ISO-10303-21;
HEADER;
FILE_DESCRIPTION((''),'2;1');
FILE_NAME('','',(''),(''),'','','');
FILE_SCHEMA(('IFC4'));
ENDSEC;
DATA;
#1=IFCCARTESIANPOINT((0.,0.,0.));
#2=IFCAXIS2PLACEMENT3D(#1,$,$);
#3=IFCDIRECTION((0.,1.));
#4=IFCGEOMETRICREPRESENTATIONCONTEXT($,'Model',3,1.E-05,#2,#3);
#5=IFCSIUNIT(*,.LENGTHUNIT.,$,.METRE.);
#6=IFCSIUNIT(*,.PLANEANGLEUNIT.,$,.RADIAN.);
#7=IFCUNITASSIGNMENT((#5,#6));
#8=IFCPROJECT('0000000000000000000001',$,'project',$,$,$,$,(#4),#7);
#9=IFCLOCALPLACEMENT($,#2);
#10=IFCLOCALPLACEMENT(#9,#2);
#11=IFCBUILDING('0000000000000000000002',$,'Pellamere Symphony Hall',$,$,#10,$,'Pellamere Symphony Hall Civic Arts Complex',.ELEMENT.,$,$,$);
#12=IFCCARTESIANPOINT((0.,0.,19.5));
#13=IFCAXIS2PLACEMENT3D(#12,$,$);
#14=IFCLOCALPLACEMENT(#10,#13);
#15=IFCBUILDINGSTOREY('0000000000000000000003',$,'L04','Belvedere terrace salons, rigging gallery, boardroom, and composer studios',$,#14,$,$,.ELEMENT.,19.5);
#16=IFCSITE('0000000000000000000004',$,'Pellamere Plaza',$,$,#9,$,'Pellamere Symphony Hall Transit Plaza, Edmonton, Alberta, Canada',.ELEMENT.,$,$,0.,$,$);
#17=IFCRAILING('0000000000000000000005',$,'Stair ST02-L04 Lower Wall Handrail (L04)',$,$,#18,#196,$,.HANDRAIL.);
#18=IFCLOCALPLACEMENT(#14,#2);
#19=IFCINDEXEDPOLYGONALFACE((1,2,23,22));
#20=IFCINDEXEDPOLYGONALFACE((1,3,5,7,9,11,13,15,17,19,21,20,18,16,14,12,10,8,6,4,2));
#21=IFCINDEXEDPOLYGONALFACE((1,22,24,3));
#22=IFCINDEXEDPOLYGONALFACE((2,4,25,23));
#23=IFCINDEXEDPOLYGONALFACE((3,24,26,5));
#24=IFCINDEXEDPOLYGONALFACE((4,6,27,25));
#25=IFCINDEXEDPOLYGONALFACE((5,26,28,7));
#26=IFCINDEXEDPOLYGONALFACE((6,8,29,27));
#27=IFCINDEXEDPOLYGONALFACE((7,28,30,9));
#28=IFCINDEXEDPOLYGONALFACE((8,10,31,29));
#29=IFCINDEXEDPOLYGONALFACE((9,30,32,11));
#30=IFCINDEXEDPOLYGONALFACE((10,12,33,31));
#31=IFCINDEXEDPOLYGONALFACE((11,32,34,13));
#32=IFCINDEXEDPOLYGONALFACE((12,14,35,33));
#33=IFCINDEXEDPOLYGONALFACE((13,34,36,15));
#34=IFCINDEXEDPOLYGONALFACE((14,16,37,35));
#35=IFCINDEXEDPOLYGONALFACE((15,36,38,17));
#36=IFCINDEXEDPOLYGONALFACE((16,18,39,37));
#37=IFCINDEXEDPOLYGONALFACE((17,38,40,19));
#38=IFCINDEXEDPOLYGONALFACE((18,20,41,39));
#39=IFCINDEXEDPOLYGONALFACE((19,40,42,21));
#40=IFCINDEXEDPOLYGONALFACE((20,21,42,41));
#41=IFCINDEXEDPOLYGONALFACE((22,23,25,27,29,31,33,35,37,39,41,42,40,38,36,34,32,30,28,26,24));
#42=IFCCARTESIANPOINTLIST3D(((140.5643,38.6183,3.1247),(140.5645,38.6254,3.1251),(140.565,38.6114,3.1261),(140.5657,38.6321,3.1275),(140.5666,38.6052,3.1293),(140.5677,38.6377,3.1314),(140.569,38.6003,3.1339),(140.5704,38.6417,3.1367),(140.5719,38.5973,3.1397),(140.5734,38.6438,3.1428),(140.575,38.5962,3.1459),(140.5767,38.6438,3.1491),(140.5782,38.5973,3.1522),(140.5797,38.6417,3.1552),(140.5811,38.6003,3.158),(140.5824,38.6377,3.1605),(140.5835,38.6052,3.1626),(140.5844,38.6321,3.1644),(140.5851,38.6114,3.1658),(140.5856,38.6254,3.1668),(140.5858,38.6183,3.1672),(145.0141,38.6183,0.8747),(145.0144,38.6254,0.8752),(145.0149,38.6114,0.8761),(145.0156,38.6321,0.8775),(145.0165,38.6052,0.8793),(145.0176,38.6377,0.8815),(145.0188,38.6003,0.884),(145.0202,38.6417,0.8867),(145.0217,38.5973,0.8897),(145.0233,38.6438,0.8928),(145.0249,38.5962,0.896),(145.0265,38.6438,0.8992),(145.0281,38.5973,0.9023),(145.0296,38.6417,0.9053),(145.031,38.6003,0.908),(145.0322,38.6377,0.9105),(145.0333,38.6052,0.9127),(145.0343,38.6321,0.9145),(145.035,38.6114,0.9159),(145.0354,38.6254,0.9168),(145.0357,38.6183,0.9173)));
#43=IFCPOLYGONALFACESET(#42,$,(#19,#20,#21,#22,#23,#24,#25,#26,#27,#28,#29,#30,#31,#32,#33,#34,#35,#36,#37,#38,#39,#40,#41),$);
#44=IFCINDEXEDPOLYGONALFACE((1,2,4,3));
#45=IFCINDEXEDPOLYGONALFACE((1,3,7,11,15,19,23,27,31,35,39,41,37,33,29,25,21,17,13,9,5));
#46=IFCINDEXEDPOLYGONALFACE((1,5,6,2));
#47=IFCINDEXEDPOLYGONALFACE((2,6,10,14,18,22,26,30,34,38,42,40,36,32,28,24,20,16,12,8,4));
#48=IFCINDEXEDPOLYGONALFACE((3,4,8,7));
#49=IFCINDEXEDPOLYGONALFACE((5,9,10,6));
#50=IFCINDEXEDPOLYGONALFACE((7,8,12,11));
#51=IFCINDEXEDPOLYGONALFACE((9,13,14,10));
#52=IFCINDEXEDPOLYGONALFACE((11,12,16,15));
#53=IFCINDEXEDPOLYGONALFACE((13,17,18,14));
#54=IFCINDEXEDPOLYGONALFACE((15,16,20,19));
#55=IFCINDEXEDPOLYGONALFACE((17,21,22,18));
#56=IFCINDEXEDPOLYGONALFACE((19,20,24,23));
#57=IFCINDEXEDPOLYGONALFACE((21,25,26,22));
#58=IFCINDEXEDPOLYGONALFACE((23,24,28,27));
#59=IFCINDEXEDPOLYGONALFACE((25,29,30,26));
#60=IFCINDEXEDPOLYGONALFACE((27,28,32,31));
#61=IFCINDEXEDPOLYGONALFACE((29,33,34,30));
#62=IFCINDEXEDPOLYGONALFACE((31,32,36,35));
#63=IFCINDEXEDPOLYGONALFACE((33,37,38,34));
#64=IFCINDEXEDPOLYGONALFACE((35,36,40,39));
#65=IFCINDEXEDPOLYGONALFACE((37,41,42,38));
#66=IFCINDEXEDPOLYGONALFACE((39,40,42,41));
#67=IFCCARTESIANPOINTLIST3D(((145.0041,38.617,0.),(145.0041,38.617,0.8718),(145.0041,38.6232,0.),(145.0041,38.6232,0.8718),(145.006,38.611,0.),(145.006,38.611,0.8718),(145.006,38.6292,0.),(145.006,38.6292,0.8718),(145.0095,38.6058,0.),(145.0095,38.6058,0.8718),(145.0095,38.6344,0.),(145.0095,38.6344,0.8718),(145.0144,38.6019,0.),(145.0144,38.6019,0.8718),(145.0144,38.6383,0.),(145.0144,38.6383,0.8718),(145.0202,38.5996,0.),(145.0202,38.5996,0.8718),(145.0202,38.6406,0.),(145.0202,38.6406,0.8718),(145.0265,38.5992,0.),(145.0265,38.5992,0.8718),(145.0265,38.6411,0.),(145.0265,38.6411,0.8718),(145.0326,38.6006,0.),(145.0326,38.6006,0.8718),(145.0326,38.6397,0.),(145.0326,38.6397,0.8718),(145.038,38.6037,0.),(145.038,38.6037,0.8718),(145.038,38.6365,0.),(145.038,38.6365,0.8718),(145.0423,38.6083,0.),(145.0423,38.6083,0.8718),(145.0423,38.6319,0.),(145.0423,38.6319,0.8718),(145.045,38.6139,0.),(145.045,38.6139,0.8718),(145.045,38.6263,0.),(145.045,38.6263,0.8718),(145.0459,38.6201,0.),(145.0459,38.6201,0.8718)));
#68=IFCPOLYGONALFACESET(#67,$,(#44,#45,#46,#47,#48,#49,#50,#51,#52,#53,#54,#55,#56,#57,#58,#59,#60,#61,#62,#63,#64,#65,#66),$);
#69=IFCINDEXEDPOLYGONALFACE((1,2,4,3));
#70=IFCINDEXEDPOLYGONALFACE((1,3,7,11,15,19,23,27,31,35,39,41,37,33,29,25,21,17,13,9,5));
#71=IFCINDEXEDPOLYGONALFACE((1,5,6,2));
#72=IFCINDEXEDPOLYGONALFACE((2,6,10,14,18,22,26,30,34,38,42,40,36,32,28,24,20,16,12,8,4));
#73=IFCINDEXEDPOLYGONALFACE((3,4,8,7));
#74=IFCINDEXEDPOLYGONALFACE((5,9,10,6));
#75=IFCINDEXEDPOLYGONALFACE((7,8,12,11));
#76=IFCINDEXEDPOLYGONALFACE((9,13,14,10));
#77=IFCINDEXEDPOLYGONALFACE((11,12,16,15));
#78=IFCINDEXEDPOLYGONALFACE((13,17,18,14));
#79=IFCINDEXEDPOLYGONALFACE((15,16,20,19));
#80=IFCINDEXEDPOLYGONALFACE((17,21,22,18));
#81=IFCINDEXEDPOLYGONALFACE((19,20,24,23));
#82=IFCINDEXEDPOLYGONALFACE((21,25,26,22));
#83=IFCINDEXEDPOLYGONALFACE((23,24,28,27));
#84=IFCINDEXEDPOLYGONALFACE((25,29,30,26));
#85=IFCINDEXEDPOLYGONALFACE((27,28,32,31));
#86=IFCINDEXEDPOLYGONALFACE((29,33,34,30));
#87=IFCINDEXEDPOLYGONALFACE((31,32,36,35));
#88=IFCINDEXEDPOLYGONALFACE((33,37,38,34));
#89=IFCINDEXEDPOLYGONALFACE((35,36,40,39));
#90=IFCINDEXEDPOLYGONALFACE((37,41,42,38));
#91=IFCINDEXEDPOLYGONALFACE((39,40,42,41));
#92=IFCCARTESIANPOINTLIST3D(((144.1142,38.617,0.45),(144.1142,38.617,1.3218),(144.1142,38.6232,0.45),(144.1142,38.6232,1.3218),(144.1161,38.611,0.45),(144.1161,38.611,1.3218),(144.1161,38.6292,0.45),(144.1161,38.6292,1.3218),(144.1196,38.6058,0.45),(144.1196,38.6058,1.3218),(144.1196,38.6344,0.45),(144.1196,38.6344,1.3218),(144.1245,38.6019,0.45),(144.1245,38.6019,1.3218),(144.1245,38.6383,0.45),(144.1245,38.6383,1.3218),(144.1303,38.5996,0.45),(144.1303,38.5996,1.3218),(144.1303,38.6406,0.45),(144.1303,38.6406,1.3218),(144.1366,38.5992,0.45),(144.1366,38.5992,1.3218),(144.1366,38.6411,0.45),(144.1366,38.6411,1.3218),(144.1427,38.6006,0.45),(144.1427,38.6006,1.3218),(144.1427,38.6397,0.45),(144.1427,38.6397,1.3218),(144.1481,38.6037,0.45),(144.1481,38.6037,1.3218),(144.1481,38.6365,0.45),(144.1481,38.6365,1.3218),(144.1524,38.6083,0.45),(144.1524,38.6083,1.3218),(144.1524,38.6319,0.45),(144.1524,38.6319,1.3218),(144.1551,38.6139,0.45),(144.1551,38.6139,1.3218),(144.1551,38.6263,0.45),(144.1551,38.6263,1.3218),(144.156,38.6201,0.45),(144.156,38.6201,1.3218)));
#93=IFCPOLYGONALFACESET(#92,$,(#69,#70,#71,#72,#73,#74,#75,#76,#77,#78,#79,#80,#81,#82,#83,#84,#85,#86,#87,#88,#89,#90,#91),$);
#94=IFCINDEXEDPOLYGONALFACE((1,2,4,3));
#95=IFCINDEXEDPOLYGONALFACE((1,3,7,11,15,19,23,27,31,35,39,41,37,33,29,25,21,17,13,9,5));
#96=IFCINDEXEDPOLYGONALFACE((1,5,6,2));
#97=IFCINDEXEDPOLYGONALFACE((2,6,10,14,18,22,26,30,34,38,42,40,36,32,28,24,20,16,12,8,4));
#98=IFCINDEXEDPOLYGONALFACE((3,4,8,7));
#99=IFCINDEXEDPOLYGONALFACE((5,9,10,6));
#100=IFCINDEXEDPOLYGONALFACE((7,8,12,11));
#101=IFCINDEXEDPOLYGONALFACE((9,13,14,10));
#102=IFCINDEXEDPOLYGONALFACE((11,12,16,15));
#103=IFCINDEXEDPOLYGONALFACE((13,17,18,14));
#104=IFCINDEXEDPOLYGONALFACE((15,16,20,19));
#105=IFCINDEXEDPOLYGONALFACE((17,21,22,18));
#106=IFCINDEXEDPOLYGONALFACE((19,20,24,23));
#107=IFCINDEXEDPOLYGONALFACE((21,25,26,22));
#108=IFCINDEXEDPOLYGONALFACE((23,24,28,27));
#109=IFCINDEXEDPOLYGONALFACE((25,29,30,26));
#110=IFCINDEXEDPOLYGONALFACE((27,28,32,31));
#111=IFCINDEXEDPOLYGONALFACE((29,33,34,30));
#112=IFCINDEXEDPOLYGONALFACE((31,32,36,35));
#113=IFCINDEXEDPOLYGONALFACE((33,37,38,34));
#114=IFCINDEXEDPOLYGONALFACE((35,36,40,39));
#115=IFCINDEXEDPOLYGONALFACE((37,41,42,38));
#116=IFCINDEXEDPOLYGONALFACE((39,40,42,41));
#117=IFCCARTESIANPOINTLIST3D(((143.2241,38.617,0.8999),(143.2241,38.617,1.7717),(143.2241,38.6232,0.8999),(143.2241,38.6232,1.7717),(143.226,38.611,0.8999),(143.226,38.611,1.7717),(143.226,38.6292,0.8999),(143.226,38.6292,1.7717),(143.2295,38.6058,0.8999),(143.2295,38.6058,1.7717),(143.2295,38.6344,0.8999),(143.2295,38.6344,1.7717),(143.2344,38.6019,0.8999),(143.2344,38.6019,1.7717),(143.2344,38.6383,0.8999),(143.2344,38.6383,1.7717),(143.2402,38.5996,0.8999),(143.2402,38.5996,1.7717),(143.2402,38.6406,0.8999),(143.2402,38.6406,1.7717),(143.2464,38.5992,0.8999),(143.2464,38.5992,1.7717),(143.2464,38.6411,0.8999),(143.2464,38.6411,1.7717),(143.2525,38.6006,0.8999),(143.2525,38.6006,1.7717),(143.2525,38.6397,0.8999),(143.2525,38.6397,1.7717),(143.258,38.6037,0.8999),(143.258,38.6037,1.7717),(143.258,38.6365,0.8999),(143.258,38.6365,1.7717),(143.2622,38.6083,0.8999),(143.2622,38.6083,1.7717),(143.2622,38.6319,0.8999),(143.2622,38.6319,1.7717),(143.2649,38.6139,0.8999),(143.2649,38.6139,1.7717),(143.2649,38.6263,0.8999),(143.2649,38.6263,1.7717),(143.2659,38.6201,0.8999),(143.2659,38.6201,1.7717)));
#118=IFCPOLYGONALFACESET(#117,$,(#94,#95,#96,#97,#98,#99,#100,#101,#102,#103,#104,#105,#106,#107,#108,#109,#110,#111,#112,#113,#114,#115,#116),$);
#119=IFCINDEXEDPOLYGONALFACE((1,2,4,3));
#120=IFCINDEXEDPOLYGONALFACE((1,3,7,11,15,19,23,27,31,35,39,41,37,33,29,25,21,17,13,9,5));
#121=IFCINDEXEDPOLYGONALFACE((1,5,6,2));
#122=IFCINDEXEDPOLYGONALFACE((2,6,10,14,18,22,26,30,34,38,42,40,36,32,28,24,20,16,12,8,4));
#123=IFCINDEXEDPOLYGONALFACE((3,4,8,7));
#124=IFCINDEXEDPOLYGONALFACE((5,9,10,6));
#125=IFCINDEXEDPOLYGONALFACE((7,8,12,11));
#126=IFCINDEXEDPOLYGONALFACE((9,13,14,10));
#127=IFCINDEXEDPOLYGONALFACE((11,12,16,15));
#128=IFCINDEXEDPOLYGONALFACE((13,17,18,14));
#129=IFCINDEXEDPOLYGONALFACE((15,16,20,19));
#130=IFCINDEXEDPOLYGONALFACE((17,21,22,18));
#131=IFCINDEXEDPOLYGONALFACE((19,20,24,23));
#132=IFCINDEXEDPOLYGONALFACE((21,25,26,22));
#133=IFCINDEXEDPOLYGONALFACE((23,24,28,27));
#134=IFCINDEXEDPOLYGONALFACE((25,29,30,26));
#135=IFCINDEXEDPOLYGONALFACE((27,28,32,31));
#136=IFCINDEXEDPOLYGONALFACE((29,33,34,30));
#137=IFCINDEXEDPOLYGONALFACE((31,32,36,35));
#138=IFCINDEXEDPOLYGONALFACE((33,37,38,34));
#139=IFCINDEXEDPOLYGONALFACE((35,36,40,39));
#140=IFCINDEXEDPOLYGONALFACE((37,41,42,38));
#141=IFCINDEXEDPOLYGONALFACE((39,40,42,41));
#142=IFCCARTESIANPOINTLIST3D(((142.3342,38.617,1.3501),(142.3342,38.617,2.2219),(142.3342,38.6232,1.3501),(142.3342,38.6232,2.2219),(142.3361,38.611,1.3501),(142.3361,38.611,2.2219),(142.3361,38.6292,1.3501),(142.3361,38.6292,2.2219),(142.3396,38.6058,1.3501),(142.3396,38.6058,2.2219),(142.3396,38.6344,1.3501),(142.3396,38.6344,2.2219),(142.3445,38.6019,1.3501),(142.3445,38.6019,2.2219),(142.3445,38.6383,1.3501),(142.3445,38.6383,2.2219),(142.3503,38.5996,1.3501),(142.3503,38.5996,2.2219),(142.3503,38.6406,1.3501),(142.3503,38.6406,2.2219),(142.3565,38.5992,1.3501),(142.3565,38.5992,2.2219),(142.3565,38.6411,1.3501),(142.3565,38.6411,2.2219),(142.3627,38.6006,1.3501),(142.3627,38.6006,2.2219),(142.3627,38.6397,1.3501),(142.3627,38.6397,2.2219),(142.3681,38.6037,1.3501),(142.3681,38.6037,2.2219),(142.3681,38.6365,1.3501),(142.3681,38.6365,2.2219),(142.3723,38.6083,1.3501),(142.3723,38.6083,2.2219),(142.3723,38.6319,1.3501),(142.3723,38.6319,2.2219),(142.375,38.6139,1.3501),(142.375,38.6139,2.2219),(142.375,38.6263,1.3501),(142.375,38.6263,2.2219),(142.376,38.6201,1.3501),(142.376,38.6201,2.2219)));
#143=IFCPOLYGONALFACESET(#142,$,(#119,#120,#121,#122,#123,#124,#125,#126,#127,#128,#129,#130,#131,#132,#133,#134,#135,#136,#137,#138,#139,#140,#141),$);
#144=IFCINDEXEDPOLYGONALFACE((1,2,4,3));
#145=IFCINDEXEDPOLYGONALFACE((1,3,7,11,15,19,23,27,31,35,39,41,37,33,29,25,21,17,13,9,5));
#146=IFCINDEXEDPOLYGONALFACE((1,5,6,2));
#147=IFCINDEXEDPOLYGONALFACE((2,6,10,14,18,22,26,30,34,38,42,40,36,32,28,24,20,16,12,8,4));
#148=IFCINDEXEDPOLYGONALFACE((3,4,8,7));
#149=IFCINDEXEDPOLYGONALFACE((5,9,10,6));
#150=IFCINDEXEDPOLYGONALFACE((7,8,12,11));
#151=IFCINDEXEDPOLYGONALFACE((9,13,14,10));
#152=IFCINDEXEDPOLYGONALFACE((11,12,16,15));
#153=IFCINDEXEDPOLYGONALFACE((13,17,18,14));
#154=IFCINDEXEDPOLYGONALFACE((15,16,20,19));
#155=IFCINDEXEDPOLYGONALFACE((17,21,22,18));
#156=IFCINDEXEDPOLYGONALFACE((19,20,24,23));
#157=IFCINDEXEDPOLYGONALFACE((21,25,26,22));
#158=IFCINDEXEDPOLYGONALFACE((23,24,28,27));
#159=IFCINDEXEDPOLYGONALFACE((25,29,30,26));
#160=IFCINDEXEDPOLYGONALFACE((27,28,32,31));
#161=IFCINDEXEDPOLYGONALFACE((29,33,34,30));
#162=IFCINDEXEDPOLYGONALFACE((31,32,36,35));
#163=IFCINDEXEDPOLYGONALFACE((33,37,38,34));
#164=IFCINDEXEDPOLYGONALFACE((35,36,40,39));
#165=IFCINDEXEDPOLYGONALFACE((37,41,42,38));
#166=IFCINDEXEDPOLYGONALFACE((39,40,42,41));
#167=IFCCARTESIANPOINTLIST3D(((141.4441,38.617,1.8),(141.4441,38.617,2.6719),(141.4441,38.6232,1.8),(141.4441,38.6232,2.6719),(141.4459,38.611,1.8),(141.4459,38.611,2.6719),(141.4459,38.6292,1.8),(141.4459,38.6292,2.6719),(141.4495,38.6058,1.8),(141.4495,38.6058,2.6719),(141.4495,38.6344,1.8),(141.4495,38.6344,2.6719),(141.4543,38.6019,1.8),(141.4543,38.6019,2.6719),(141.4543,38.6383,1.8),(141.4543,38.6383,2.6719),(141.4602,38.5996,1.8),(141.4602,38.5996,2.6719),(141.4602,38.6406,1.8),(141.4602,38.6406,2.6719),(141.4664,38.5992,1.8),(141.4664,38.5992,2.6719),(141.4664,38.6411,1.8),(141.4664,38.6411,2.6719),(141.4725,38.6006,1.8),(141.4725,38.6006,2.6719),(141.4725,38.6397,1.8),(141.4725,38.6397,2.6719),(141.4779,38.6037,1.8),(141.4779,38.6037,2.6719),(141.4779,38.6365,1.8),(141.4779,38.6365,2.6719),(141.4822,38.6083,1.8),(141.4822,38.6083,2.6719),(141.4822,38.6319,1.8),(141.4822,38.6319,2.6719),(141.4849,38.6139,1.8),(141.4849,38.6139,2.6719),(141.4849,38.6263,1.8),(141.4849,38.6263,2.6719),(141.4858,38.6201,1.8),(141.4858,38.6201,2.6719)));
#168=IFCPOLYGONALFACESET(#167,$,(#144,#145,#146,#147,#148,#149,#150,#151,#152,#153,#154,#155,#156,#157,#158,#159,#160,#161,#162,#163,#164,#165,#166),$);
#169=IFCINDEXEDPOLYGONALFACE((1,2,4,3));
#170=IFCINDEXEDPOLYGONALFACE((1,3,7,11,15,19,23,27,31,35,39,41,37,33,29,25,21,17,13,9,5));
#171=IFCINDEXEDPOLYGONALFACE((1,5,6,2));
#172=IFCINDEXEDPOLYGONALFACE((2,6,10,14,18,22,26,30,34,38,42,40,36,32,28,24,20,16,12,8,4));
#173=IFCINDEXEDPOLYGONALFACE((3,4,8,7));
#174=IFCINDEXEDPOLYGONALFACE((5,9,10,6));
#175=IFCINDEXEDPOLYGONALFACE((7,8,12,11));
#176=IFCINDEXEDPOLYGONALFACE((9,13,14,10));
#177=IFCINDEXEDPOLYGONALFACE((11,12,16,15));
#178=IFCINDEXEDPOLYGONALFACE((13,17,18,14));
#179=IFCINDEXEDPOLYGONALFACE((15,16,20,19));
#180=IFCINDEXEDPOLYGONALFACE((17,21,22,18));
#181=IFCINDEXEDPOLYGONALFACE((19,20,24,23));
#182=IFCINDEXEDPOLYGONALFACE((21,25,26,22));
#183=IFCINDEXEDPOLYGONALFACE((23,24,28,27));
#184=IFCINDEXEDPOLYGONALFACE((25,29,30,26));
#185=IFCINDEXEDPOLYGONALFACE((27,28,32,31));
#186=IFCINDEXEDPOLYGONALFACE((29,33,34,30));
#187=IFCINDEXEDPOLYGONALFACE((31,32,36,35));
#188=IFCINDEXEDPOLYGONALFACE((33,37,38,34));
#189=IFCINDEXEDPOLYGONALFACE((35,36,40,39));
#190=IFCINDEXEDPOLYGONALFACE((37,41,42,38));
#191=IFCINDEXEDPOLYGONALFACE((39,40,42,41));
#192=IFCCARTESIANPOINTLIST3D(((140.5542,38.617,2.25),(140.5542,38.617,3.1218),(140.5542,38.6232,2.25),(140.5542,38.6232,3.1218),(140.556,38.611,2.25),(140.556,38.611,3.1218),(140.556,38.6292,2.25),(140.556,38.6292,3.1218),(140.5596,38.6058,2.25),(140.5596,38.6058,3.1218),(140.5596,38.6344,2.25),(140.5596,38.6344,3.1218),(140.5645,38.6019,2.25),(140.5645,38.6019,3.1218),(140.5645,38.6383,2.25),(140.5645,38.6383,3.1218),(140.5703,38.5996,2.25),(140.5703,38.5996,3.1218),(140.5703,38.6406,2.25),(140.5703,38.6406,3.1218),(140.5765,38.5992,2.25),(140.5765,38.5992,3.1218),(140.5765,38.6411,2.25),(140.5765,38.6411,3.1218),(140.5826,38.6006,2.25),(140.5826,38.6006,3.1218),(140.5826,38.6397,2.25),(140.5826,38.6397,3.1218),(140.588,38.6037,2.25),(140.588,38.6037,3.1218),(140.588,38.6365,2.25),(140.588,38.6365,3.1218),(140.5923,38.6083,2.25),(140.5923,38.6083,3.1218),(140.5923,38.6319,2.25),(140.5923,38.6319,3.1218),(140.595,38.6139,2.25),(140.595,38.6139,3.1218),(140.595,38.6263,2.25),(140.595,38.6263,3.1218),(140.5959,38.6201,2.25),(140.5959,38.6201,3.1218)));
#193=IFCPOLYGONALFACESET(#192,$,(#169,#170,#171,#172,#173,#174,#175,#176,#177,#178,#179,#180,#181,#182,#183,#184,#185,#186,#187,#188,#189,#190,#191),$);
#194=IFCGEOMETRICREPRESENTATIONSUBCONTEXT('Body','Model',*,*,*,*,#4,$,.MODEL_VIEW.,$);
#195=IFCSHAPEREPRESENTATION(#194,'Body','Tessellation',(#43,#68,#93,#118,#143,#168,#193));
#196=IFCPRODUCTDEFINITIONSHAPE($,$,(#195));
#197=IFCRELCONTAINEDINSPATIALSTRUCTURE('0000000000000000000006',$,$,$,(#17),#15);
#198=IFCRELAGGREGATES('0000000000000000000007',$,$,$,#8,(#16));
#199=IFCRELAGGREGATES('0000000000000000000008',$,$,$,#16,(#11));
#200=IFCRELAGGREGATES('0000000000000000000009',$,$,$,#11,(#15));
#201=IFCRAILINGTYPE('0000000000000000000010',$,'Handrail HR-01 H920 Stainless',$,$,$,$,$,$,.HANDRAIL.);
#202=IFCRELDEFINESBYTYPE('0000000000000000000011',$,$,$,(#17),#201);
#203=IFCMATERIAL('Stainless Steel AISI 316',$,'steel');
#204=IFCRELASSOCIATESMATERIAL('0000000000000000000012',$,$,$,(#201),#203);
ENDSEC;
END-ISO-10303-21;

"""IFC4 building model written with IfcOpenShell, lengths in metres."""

from ifc_helpers import new_model, si_unit, direction, frame, origin, origin_2d, place, context, subcontext, project, spatial, circle, extrude, material, type_object, element, save


model = new_model("IFC4")

# Units and contexts
model_context = context("Model", 3, precision=1e-05, world=origin(), true_north=direction((0.0, 1.0)))
body_context = subcontext(model_context, "Body", "Model", "MODEL_VIEW")
ifc_project = project(units=[si_unit("LENGTHUNIT", "METRE"), si_unit("PLANEANGLEUNIT", "RADIAN")], contexts=[model_context])

# Site, building, storey
site_placement = place(None, origin())
site = spatial("IfcSite", under=ifc_project, at=site_placement, Name="Pellamere Plaza", LongName="Pellamere Symphony Hall Transit Plaza, Edmonton, Alberta, Canada", CompositionType="ELEMENT", RefElevation=0.0)
building_placement = place(site_placement, origin())
building = spatial("IfcBuilding", under=site, at=building_placement, Name="Pellamere Symphony Hall", LongName="Pellamere Symphony Hall Civic Arts Complex", CompositionType="ELEMENT")
storey_placement = place(building_placement, frame((0.0, 0.0, 19.5)))
storey = spatial("IfcBuildingStorey", under=building, at=storey_placement, Name="L04", Description="Belvedere terrace salons, rigging gallery, boardroom, and composer studios", CompositionType="ELEMENT", Elevation=19.5)

# Railing
ifc_material_1 = material(Name="Stainless Steel AISI 316", Category="steel")
railing_type_1 = type_object("IfcRailingType", Name="Handrail HR-01 H920 Stainless", PredefinedType="HANDRAIL", material=ifc_material_1)
railing_1_placement = place(storey_placement, frame((145.0249, 38.6201, 0.0)))
element("IfcRailing", 1, at=railing_1_placement, inside=storey, type_object=railing_type_1, Name="Stair ST02-L04 Lower Wall Handrail (L04)", PredefinedType="HANDRAIL", context=body_context, shape_type="SweptSolid", body=[
    extrude(circle(Radius=0.0239, at=origin_2d()), frame((0.0, 0.0, 0.896), z_axis=(-0.892411, 0.0, 0.451224), x_axis=(0.0, -1.0, 0.0)), (0.0, 0.0, 1.0), 4.9863),
    extrude(circle(Radius=0.021, at=origin_2d()), origin(), (0.0, 0.0, 1.0), 0.8718),
    extrude(circle(Radius=0.021, at=origin_2d()), frame((-0.8899, 0.0, 0.45)), (0.0, 0.0, 1.0), 0.8718),
    extrude(circle(Radius=0.021, at=origin_2d()), frame((-1.78, 0.0, 0.8999)), (0.0, 0.0, 1.0), 0.8718),
    extrude(circle(Radius=0.021, at=origin_2d()), frame((-2.6699, 0.0, 1.3501)), (0.0, 0.0, 1.0), 0.8718),
    extrude(circle(Radius=0.021, at=origin_2d()), frame((-3.5601, 0.0, 1.8)), (0.0, 0.0, 1.0), 0.8718),
    extrude(circle(Radius=0.021, at=origin_2d()), frame((-4.45, 0.0, 2.25)), (0.0, 0.0, 1.0), 0.8718),
])

save(model, "model.ifc")
